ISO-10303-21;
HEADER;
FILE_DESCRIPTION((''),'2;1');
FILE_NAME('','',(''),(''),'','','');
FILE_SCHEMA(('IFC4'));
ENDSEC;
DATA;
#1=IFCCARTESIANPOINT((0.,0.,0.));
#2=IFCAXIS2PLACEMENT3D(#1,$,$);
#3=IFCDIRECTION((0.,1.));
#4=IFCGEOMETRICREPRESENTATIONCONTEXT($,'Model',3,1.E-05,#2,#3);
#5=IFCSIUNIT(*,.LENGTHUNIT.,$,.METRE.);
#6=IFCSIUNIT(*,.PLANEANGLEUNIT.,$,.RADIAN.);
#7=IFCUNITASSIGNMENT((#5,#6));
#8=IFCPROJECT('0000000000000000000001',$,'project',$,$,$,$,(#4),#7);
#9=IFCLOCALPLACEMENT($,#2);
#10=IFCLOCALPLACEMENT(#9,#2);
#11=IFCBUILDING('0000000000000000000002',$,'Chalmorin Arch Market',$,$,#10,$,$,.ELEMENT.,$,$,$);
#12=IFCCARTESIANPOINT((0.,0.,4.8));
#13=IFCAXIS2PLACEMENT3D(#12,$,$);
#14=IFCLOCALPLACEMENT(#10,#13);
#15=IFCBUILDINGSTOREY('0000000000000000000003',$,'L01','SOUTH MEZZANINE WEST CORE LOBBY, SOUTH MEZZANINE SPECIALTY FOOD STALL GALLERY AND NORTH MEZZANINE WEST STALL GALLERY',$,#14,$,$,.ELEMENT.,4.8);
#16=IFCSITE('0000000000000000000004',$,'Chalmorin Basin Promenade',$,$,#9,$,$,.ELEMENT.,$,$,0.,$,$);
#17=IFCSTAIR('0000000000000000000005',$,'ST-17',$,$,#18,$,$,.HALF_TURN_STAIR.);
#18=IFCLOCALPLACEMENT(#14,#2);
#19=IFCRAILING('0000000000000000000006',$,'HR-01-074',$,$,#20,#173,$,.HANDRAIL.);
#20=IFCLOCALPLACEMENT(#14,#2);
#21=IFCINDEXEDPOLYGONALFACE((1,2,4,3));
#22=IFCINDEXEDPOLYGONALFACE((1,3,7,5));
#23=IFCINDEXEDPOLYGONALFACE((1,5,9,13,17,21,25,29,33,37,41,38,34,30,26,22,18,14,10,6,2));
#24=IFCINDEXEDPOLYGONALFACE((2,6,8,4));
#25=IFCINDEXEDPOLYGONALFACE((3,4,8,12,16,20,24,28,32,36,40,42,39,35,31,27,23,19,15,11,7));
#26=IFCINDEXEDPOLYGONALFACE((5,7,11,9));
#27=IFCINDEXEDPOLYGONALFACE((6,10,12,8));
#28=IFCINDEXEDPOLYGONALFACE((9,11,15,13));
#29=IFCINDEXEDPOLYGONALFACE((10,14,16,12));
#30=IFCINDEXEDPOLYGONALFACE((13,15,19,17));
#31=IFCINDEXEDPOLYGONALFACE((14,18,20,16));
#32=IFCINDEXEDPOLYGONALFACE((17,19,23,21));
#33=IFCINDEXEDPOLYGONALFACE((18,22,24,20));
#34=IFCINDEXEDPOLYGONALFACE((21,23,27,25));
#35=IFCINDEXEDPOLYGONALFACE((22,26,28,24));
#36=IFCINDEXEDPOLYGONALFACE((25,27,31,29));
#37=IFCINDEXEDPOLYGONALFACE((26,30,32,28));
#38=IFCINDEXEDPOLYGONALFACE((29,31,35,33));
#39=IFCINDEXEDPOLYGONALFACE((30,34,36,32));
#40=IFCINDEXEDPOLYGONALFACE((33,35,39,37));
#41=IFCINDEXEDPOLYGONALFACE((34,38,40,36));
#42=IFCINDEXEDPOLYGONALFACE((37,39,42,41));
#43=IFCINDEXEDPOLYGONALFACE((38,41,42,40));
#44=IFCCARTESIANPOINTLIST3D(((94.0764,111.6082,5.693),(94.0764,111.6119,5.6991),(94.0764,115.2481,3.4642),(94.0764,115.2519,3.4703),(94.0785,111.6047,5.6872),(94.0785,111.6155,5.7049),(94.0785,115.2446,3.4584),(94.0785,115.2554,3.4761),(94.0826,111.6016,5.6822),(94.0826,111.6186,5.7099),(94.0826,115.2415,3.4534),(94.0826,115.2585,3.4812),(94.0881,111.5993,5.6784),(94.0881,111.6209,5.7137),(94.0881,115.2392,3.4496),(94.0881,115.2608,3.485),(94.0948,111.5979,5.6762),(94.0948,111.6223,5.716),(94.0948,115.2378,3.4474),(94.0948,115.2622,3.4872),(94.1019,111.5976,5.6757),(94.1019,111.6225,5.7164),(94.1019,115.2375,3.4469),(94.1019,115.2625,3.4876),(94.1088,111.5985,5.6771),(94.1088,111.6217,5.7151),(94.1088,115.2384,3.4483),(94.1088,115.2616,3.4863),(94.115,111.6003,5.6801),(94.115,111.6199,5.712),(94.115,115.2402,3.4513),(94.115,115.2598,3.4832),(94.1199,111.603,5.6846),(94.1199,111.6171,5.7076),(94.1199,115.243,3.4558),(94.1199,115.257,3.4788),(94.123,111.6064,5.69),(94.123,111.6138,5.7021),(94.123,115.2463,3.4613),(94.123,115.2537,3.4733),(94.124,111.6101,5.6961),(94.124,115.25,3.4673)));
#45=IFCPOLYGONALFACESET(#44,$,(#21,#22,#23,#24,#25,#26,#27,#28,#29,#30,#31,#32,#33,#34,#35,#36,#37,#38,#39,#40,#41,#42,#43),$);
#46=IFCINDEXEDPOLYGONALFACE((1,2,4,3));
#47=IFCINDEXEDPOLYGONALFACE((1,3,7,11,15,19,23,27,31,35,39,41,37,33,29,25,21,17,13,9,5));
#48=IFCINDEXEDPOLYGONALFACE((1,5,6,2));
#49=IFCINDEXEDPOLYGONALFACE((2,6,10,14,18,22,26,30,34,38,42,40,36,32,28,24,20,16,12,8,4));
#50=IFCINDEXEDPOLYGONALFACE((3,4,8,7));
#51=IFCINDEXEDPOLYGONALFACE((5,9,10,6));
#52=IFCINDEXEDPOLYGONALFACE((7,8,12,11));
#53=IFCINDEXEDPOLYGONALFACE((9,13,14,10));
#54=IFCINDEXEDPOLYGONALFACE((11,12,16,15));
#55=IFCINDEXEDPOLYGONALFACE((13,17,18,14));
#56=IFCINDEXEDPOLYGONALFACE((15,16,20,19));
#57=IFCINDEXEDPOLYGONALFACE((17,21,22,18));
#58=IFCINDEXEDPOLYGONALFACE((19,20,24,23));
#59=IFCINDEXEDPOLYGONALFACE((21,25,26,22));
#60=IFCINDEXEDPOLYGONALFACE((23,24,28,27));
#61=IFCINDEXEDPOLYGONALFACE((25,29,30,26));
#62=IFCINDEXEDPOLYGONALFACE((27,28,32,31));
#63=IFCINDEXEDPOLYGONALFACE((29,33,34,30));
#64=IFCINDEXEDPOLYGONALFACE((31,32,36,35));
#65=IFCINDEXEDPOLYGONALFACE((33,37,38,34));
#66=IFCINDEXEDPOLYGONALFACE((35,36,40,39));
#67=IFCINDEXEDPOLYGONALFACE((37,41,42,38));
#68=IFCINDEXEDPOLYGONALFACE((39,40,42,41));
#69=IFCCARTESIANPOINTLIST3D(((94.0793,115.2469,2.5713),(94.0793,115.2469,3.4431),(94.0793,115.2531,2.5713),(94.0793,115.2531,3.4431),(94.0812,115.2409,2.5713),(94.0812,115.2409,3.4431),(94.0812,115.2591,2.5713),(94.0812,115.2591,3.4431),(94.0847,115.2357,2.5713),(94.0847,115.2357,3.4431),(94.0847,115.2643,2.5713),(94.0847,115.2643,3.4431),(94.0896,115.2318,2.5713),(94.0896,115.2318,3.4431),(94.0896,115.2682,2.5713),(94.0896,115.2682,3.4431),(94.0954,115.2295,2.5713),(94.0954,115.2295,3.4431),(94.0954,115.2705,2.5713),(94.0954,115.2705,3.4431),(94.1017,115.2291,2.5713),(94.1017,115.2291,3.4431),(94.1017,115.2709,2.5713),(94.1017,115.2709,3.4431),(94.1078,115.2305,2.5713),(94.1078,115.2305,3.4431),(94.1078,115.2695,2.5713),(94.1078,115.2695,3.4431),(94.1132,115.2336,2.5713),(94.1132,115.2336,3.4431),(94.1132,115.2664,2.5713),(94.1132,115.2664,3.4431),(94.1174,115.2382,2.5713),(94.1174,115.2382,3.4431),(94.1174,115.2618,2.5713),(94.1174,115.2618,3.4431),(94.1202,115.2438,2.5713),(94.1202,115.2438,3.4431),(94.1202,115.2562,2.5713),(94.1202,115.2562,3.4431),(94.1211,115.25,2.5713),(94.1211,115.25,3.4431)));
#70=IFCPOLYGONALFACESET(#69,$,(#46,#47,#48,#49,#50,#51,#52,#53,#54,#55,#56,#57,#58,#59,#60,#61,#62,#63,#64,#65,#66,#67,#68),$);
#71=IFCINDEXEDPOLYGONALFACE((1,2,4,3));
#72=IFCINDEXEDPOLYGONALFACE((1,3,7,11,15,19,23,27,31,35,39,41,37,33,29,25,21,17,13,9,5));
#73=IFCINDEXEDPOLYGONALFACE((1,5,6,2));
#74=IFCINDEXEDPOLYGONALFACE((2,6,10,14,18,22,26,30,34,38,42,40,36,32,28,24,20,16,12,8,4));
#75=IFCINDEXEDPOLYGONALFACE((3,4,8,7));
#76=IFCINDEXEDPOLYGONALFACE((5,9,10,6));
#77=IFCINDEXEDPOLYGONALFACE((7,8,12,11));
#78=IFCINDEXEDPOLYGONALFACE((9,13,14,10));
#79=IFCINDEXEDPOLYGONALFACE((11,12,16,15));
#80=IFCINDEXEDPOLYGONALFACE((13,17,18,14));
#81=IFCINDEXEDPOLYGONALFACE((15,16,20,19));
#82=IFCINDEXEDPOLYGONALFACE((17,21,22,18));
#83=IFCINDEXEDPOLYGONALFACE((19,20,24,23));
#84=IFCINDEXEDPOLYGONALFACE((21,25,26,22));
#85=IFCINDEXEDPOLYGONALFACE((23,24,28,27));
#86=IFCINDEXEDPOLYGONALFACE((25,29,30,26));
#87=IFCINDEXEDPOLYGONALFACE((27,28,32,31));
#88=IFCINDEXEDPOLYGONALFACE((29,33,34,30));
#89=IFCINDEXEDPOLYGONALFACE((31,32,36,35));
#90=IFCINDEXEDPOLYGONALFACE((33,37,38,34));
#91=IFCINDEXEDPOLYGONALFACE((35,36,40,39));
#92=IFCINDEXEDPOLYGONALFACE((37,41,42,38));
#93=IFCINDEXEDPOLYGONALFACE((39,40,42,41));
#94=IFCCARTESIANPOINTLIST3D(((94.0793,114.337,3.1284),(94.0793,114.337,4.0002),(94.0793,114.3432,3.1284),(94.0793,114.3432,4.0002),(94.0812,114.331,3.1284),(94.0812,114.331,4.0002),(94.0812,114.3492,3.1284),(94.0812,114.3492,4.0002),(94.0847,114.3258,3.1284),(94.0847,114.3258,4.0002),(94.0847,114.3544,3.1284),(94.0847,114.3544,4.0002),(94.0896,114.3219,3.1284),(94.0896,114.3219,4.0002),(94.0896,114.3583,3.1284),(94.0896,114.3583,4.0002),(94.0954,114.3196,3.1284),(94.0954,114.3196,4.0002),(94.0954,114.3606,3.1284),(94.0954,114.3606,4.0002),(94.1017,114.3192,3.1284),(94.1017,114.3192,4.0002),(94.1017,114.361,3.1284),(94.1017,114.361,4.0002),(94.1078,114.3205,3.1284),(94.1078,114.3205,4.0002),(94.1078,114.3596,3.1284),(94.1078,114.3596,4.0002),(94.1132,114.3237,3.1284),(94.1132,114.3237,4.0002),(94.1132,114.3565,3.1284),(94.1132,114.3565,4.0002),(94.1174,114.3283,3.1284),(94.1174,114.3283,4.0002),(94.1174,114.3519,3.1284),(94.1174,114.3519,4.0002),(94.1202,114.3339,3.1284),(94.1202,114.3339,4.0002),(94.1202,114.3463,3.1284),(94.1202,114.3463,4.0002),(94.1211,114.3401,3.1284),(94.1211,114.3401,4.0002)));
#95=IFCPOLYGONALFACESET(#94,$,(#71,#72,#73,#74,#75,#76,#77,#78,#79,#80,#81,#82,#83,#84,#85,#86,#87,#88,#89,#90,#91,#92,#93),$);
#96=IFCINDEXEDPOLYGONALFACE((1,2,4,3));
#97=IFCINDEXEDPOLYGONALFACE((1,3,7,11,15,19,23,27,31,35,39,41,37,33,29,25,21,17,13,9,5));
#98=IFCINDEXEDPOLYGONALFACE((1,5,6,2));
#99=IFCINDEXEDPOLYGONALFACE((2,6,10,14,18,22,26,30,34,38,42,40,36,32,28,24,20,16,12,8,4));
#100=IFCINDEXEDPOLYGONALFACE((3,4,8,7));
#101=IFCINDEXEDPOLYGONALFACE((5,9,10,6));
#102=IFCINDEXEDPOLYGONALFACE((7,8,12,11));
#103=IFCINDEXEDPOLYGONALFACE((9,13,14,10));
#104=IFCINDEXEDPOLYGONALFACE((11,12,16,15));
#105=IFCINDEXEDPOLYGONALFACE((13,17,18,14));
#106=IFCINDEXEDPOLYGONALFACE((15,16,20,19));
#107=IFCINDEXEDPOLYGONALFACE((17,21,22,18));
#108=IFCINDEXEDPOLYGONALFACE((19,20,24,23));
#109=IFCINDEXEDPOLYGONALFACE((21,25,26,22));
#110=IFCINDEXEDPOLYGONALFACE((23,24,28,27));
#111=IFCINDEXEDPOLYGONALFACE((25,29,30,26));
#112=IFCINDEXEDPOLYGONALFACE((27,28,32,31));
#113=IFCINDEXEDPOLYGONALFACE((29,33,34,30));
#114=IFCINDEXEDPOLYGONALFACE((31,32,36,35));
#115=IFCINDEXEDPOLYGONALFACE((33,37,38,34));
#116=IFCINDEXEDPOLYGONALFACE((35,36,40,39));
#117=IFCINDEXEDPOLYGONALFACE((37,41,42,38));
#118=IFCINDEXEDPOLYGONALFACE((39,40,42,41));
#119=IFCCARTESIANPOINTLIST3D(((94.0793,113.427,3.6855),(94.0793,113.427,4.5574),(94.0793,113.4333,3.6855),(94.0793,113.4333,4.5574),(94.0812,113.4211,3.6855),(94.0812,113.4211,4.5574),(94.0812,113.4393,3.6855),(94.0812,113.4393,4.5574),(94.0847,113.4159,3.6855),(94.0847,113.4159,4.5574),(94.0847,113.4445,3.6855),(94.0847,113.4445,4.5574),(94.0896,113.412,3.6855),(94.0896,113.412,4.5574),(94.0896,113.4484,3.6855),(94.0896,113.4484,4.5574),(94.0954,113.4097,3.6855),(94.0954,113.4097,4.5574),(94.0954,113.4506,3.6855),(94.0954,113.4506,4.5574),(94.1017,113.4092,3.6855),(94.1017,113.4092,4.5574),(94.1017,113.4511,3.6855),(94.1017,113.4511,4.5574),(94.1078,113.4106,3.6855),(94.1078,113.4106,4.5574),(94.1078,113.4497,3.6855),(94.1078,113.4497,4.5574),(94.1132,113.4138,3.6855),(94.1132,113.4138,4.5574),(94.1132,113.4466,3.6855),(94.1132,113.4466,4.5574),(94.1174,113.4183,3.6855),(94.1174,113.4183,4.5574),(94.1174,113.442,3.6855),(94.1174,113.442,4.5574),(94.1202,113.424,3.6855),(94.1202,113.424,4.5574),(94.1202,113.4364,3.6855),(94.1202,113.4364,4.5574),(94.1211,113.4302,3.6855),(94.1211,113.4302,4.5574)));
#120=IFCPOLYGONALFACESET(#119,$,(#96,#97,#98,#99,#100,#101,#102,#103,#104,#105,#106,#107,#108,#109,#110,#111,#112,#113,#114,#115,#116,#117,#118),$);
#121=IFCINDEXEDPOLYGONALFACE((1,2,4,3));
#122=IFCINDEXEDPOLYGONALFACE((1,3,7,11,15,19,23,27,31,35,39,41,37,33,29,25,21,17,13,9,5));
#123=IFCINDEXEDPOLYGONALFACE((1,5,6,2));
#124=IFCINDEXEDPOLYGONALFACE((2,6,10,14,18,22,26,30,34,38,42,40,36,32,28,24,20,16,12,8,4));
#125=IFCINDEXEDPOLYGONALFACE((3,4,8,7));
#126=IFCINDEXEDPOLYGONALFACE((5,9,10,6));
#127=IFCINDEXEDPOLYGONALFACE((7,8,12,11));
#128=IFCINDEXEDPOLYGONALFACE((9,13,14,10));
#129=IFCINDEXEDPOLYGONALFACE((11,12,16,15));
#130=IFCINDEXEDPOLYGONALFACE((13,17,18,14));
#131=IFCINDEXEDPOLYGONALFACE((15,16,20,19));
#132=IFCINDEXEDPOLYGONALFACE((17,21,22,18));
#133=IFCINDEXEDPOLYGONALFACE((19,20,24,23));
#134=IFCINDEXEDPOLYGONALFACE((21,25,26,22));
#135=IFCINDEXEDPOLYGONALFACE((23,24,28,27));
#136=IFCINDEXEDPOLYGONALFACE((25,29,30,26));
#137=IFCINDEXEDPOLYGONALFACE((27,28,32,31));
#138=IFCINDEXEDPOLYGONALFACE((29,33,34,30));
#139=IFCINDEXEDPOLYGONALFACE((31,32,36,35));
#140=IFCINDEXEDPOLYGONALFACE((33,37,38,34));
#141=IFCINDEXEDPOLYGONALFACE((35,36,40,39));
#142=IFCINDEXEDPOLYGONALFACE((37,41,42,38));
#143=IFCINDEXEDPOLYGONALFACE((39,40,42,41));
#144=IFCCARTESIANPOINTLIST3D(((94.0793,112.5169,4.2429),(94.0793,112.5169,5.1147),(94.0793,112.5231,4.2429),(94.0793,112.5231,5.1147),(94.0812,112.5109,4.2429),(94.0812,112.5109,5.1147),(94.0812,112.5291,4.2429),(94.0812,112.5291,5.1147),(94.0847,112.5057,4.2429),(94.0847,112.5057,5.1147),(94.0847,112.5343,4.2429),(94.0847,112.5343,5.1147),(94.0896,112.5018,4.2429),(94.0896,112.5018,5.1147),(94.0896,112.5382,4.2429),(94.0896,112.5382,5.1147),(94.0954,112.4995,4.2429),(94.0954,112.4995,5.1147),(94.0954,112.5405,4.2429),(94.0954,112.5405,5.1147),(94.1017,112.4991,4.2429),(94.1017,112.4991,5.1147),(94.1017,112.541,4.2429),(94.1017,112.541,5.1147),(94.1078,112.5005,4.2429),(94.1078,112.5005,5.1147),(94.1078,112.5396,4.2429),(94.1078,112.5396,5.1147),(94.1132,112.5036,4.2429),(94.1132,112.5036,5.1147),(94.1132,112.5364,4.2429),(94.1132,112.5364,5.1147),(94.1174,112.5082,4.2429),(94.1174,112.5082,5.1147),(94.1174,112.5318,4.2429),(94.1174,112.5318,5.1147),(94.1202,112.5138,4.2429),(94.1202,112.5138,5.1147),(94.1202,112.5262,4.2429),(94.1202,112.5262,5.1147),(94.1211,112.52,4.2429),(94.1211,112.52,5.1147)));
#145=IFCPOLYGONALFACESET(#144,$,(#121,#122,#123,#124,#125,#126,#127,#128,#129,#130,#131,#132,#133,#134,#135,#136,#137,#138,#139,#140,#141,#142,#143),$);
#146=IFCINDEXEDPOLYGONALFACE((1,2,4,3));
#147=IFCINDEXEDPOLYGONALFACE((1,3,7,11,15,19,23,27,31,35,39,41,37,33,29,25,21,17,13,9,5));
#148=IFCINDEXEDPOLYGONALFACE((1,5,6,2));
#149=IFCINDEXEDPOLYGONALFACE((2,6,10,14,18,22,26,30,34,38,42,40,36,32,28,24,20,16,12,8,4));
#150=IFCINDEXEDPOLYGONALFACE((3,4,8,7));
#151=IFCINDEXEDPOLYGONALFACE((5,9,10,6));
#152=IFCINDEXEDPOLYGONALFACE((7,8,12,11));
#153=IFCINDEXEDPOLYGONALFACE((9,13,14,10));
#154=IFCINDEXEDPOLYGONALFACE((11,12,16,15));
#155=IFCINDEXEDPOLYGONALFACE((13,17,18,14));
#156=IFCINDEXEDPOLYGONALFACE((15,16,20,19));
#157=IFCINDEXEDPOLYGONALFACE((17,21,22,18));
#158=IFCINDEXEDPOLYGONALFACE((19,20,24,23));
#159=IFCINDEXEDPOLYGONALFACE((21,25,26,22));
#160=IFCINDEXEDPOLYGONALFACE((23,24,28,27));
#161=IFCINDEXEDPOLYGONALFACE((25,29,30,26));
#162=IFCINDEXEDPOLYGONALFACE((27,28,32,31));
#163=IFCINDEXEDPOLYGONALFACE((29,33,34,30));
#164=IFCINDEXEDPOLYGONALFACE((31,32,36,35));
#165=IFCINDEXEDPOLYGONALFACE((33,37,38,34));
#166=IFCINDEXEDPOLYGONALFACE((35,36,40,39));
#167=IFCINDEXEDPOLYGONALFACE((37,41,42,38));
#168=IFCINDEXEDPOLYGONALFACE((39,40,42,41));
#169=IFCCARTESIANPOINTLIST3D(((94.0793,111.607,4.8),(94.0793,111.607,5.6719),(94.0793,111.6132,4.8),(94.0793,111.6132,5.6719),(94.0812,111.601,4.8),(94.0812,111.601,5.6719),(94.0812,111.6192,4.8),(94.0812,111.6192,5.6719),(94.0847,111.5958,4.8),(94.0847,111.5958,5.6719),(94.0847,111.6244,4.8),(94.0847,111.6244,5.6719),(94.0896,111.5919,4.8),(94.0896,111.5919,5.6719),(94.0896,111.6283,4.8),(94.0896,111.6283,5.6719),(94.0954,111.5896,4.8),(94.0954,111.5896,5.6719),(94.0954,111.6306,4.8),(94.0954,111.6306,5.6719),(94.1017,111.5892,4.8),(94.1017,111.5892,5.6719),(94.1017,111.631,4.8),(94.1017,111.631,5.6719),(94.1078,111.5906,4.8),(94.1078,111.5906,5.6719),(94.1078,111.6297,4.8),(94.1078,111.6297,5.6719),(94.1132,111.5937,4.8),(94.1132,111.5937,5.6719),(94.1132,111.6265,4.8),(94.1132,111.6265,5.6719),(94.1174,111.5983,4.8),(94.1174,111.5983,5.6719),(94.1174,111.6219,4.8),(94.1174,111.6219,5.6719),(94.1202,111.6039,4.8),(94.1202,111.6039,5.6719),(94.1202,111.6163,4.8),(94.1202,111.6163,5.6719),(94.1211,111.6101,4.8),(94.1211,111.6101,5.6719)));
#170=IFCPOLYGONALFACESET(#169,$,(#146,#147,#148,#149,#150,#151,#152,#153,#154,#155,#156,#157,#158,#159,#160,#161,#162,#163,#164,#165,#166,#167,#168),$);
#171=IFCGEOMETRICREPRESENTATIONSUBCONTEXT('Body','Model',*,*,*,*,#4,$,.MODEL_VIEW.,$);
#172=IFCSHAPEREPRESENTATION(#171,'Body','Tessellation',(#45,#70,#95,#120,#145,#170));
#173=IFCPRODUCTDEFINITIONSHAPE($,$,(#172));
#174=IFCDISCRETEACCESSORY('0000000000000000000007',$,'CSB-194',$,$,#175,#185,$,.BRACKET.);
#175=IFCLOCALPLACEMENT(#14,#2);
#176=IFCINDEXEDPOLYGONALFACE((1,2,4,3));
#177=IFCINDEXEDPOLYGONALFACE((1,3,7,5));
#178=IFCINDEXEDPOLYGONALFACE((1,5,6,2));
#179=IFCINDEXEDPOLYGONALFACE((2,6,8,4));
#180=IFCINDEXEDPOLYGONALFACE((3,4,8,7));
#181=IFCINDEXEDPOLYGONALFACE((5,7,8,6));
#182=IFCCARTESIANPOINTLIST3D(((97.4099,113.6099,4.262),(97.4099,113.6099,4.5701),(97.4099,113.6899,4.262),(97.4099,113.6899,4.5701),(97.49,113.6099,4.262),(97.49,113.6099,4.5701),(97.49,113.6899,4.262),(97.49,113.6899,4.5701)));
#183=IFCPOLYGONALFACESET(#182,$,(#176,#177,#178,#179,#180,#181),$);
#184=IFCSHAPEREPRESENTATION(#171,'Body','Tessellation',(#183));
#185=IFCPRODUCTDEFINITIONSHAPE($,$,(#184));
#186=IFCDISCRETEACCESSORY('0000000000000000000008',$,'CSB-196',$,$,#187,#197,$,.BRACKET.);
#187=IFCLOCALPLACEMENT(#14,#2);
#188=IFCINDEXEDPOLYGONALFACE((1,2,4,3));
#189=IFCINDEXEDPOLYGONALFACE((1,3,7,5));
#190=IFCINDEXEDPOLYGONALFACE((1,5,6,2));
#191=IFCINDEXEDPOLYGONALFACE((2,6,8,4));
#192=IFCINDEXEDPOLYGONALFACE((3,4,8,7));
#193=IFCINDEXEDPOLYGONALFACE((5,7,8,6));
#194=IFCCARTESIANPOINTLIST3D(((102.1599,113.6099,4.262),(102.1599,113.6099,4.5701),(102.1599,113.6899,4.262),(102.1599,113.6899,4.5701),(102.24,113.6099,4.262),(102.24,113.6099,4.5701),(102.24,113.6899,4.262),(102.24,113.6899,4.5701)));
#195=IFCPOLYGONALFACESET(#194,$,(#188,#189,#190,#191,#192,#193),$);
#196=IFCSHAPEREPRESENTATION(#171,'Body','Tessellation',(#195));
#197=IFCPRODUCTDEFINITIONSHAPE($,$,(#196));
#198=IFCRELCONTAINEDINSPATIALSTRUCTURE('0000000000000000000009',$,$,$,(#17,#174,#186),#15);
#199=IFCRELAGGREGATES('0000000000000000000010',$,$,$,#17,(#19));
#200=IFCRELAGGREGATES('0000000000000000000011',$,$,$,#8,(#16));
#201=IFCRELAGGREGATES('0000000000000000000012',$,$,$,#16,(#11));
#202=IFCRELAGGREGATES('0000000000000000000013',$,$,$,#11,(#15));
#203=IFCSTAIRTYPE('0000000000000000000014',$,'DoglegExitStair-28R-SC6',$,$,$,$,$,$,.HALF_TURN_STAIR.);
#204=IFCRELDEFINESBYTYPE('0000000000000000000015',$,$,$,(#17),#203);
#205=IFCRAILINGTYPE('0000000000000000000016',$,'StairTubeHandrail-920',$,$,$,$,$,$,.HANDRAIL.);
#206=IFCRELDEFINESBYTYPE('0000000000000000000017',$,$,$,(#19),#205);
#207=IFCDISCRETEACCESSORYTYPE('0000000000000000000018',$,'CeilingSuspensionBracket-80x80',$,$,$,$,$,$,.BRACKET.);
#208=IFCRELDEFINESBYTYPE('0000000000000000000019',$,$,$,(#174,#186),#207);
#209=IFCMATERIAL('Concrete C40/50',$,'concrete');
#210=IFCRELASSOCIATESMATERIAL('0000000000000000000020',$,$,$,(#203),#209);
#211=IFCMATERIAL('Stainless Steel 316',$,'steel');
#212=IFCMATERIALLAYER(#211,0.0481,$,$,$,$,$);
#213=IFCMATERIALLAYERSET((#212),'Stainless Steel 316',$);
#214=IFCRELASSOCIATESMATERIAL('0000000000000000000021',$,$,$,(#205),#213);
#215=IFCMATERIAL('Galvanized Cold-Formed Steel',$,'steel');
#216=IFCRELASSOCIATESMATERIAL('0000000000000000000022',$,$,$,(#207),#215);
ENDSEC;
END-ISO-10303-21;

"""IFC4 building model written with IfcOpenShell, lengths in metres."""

from ifc_helpers import new_model, si_unit, direction, frame, origin, origin_2d, place, context, subcontext, project, spatial, rectangle, circle, extrude, material, layer, layer_set, type_object, element, aggregate, save


model = new_model("IFC4")

# Units and contexts
model_context = context("Model", 3, precision=1e-05, world=origin(), true_north=direction((0.0, 1.0)))
body_context = subcontext(model_context, "Body", "Model", "MODEL_VIEW")
ifc_project = project(units=[si_unit("LENGTHUNIT", "METRE"), si_unit("PLANEANGLEUNIT", "RADIAN")], contexts=[model_context])

# Site, building, storey
site_placement = place(None, origin())
site = spatial("IfcSite", under=ifc_project, at=site_placement, Name="Chalmorin Basin Promenade", CompositionType="ELEMENT", RefElevation=0.0)
building_placement = place(site_placement, origin())
building = spatial("IfcBuilding", under=site, at=building_placement, Name="Chalmorin Arch Market", CompositionType="ELEMENT")
storey_placement = place(building_placement, frame((0.0, 0.0, 4.8)))
storey = spatial("IfcBuildingStorey", under=building, at=storey_placement, Name="L01", Description="SOUTH MEZZANINE WEST CORE LOBBY, SOUTH MEZZANINE SPECIALTY FOOD STALL GALLERY AND NORTH MEZZANINE WEST STALL GALLERY", CompositionType="ELEMENT", Elevation=4.8)

# Shared definitions
ifc_material_1 = material(Name="Concrete C40/50", Category="concrete")

# Stair, railing
stair_type = type_object("IfcStairType", Name="DoglegExitStair-28R-SC6", PredefinedType="HALF_TURN_STAIR", material=ifc_material_1)
stair_placement = place(storey_placement, origin())
stair = element("IfcStair", 1, at=stair_placement, inside=storey, type_object=stair_type, Name="ST-17", PredefinedType="HALF_TURN_STAIR")
ifc_material_2 = material(Name="Stainless Steel 316", Category="steel")
ifc_layer_1 = layer(ifc_material_2, 0.0481)
ifc_layer_set_1 = layer_set([ifc_layer_1], Name="Stainless Steel 316")
railing_type = type_object("IfcRailingType", Name="StairTubeHandrail-920", PredefinedType="HANDRAIL", material=ifc_layer_set_1)
railing_placement = place(storey_placement, frame((94.1001, 115.25, 2.5713)))
railing = element("IfcRailing", 2, at=railing_placement, type_object=railing_type, Name="HR-01-074", PredefinedType="HANDRAIL", context=body_context, shape_type="SweptSolid", body=[
    extrude(circle(Radius=0.0239, at=origin_2d()), frame((0.0, 0.0, 0.896), z_axis=(0.0, -0.852825, 0.522197), x_axis=(1.0, 0.0, 0.0)), (0.0, 0.0, 1.0), 4.2681),
    extrude(circle(Radius=0.021, at=origin_2d()), origin(), (0.0, 0.0, 1.0), 0.8718),
    extrude(circle(Radius=0.021, at=origin_2d()), frame((0.0, -0.9099, 0.5571)), (0.0, 0.0, 1.0), 0.8718),
    extrude(circle(Radius=0.021, at=origin_2d()), frame((0.0, -1.8198, 1.1143)), (0.0, 0.0, 1.0), 0.8718),
    extrude(circle(Radius=0.021, at=origin_2d()), frame((0.0, -2.73, 1.6716)), (0.0, 0.0, 1.0), 0.8718),
    extrude(circle(Radius=0.021, at=origin_2d()), frame((0.0, -3.6399, 2.2288)), (0.0, 0.0, 1.0), 0.8718),
])
aggregate(stair, [railing])

# Discrete accessories
ifc_material_3 = material(Name="Galvanized Cold-Formed Steel", Category="steel")
discrete_accessory_type = type_object("IfcDiscreteAccessoryType", Name="CeilingSuspensionBracket-80x80", PredefinedType="BRACKET", material=ifc_material_3)
for number, where, z_axis, x_axis, name in (
    (3, (97.45, 113.6499, 4.262), (0.0, 0.0, 1.0), (1.0, 0.0, 0.0), "CSB-194"),
    (4, (102.2, 113.6499, 4.262), (0.0, 0.0, 1.0), (1.0, 0.0, 0.0), "CSB-196"),
):
    element("IfcDiscreteAccessory", number, at=place(storey_placement, frame(where, z_axis=z_axis, x_axis=x_axis)), inside=storey, type_object=discrete_accessory_type, Name=name, PredefinedType="BRACKET", context=body_context, shape_type="SweptSolid", body=[
        extrude(rectangle(XDim=0.0801, YDim=0.0801, at=origin_2d()), origin(), (0.0, 0.0, 1.0), 0.3081),
    ])

save(model, "model.ifc")
